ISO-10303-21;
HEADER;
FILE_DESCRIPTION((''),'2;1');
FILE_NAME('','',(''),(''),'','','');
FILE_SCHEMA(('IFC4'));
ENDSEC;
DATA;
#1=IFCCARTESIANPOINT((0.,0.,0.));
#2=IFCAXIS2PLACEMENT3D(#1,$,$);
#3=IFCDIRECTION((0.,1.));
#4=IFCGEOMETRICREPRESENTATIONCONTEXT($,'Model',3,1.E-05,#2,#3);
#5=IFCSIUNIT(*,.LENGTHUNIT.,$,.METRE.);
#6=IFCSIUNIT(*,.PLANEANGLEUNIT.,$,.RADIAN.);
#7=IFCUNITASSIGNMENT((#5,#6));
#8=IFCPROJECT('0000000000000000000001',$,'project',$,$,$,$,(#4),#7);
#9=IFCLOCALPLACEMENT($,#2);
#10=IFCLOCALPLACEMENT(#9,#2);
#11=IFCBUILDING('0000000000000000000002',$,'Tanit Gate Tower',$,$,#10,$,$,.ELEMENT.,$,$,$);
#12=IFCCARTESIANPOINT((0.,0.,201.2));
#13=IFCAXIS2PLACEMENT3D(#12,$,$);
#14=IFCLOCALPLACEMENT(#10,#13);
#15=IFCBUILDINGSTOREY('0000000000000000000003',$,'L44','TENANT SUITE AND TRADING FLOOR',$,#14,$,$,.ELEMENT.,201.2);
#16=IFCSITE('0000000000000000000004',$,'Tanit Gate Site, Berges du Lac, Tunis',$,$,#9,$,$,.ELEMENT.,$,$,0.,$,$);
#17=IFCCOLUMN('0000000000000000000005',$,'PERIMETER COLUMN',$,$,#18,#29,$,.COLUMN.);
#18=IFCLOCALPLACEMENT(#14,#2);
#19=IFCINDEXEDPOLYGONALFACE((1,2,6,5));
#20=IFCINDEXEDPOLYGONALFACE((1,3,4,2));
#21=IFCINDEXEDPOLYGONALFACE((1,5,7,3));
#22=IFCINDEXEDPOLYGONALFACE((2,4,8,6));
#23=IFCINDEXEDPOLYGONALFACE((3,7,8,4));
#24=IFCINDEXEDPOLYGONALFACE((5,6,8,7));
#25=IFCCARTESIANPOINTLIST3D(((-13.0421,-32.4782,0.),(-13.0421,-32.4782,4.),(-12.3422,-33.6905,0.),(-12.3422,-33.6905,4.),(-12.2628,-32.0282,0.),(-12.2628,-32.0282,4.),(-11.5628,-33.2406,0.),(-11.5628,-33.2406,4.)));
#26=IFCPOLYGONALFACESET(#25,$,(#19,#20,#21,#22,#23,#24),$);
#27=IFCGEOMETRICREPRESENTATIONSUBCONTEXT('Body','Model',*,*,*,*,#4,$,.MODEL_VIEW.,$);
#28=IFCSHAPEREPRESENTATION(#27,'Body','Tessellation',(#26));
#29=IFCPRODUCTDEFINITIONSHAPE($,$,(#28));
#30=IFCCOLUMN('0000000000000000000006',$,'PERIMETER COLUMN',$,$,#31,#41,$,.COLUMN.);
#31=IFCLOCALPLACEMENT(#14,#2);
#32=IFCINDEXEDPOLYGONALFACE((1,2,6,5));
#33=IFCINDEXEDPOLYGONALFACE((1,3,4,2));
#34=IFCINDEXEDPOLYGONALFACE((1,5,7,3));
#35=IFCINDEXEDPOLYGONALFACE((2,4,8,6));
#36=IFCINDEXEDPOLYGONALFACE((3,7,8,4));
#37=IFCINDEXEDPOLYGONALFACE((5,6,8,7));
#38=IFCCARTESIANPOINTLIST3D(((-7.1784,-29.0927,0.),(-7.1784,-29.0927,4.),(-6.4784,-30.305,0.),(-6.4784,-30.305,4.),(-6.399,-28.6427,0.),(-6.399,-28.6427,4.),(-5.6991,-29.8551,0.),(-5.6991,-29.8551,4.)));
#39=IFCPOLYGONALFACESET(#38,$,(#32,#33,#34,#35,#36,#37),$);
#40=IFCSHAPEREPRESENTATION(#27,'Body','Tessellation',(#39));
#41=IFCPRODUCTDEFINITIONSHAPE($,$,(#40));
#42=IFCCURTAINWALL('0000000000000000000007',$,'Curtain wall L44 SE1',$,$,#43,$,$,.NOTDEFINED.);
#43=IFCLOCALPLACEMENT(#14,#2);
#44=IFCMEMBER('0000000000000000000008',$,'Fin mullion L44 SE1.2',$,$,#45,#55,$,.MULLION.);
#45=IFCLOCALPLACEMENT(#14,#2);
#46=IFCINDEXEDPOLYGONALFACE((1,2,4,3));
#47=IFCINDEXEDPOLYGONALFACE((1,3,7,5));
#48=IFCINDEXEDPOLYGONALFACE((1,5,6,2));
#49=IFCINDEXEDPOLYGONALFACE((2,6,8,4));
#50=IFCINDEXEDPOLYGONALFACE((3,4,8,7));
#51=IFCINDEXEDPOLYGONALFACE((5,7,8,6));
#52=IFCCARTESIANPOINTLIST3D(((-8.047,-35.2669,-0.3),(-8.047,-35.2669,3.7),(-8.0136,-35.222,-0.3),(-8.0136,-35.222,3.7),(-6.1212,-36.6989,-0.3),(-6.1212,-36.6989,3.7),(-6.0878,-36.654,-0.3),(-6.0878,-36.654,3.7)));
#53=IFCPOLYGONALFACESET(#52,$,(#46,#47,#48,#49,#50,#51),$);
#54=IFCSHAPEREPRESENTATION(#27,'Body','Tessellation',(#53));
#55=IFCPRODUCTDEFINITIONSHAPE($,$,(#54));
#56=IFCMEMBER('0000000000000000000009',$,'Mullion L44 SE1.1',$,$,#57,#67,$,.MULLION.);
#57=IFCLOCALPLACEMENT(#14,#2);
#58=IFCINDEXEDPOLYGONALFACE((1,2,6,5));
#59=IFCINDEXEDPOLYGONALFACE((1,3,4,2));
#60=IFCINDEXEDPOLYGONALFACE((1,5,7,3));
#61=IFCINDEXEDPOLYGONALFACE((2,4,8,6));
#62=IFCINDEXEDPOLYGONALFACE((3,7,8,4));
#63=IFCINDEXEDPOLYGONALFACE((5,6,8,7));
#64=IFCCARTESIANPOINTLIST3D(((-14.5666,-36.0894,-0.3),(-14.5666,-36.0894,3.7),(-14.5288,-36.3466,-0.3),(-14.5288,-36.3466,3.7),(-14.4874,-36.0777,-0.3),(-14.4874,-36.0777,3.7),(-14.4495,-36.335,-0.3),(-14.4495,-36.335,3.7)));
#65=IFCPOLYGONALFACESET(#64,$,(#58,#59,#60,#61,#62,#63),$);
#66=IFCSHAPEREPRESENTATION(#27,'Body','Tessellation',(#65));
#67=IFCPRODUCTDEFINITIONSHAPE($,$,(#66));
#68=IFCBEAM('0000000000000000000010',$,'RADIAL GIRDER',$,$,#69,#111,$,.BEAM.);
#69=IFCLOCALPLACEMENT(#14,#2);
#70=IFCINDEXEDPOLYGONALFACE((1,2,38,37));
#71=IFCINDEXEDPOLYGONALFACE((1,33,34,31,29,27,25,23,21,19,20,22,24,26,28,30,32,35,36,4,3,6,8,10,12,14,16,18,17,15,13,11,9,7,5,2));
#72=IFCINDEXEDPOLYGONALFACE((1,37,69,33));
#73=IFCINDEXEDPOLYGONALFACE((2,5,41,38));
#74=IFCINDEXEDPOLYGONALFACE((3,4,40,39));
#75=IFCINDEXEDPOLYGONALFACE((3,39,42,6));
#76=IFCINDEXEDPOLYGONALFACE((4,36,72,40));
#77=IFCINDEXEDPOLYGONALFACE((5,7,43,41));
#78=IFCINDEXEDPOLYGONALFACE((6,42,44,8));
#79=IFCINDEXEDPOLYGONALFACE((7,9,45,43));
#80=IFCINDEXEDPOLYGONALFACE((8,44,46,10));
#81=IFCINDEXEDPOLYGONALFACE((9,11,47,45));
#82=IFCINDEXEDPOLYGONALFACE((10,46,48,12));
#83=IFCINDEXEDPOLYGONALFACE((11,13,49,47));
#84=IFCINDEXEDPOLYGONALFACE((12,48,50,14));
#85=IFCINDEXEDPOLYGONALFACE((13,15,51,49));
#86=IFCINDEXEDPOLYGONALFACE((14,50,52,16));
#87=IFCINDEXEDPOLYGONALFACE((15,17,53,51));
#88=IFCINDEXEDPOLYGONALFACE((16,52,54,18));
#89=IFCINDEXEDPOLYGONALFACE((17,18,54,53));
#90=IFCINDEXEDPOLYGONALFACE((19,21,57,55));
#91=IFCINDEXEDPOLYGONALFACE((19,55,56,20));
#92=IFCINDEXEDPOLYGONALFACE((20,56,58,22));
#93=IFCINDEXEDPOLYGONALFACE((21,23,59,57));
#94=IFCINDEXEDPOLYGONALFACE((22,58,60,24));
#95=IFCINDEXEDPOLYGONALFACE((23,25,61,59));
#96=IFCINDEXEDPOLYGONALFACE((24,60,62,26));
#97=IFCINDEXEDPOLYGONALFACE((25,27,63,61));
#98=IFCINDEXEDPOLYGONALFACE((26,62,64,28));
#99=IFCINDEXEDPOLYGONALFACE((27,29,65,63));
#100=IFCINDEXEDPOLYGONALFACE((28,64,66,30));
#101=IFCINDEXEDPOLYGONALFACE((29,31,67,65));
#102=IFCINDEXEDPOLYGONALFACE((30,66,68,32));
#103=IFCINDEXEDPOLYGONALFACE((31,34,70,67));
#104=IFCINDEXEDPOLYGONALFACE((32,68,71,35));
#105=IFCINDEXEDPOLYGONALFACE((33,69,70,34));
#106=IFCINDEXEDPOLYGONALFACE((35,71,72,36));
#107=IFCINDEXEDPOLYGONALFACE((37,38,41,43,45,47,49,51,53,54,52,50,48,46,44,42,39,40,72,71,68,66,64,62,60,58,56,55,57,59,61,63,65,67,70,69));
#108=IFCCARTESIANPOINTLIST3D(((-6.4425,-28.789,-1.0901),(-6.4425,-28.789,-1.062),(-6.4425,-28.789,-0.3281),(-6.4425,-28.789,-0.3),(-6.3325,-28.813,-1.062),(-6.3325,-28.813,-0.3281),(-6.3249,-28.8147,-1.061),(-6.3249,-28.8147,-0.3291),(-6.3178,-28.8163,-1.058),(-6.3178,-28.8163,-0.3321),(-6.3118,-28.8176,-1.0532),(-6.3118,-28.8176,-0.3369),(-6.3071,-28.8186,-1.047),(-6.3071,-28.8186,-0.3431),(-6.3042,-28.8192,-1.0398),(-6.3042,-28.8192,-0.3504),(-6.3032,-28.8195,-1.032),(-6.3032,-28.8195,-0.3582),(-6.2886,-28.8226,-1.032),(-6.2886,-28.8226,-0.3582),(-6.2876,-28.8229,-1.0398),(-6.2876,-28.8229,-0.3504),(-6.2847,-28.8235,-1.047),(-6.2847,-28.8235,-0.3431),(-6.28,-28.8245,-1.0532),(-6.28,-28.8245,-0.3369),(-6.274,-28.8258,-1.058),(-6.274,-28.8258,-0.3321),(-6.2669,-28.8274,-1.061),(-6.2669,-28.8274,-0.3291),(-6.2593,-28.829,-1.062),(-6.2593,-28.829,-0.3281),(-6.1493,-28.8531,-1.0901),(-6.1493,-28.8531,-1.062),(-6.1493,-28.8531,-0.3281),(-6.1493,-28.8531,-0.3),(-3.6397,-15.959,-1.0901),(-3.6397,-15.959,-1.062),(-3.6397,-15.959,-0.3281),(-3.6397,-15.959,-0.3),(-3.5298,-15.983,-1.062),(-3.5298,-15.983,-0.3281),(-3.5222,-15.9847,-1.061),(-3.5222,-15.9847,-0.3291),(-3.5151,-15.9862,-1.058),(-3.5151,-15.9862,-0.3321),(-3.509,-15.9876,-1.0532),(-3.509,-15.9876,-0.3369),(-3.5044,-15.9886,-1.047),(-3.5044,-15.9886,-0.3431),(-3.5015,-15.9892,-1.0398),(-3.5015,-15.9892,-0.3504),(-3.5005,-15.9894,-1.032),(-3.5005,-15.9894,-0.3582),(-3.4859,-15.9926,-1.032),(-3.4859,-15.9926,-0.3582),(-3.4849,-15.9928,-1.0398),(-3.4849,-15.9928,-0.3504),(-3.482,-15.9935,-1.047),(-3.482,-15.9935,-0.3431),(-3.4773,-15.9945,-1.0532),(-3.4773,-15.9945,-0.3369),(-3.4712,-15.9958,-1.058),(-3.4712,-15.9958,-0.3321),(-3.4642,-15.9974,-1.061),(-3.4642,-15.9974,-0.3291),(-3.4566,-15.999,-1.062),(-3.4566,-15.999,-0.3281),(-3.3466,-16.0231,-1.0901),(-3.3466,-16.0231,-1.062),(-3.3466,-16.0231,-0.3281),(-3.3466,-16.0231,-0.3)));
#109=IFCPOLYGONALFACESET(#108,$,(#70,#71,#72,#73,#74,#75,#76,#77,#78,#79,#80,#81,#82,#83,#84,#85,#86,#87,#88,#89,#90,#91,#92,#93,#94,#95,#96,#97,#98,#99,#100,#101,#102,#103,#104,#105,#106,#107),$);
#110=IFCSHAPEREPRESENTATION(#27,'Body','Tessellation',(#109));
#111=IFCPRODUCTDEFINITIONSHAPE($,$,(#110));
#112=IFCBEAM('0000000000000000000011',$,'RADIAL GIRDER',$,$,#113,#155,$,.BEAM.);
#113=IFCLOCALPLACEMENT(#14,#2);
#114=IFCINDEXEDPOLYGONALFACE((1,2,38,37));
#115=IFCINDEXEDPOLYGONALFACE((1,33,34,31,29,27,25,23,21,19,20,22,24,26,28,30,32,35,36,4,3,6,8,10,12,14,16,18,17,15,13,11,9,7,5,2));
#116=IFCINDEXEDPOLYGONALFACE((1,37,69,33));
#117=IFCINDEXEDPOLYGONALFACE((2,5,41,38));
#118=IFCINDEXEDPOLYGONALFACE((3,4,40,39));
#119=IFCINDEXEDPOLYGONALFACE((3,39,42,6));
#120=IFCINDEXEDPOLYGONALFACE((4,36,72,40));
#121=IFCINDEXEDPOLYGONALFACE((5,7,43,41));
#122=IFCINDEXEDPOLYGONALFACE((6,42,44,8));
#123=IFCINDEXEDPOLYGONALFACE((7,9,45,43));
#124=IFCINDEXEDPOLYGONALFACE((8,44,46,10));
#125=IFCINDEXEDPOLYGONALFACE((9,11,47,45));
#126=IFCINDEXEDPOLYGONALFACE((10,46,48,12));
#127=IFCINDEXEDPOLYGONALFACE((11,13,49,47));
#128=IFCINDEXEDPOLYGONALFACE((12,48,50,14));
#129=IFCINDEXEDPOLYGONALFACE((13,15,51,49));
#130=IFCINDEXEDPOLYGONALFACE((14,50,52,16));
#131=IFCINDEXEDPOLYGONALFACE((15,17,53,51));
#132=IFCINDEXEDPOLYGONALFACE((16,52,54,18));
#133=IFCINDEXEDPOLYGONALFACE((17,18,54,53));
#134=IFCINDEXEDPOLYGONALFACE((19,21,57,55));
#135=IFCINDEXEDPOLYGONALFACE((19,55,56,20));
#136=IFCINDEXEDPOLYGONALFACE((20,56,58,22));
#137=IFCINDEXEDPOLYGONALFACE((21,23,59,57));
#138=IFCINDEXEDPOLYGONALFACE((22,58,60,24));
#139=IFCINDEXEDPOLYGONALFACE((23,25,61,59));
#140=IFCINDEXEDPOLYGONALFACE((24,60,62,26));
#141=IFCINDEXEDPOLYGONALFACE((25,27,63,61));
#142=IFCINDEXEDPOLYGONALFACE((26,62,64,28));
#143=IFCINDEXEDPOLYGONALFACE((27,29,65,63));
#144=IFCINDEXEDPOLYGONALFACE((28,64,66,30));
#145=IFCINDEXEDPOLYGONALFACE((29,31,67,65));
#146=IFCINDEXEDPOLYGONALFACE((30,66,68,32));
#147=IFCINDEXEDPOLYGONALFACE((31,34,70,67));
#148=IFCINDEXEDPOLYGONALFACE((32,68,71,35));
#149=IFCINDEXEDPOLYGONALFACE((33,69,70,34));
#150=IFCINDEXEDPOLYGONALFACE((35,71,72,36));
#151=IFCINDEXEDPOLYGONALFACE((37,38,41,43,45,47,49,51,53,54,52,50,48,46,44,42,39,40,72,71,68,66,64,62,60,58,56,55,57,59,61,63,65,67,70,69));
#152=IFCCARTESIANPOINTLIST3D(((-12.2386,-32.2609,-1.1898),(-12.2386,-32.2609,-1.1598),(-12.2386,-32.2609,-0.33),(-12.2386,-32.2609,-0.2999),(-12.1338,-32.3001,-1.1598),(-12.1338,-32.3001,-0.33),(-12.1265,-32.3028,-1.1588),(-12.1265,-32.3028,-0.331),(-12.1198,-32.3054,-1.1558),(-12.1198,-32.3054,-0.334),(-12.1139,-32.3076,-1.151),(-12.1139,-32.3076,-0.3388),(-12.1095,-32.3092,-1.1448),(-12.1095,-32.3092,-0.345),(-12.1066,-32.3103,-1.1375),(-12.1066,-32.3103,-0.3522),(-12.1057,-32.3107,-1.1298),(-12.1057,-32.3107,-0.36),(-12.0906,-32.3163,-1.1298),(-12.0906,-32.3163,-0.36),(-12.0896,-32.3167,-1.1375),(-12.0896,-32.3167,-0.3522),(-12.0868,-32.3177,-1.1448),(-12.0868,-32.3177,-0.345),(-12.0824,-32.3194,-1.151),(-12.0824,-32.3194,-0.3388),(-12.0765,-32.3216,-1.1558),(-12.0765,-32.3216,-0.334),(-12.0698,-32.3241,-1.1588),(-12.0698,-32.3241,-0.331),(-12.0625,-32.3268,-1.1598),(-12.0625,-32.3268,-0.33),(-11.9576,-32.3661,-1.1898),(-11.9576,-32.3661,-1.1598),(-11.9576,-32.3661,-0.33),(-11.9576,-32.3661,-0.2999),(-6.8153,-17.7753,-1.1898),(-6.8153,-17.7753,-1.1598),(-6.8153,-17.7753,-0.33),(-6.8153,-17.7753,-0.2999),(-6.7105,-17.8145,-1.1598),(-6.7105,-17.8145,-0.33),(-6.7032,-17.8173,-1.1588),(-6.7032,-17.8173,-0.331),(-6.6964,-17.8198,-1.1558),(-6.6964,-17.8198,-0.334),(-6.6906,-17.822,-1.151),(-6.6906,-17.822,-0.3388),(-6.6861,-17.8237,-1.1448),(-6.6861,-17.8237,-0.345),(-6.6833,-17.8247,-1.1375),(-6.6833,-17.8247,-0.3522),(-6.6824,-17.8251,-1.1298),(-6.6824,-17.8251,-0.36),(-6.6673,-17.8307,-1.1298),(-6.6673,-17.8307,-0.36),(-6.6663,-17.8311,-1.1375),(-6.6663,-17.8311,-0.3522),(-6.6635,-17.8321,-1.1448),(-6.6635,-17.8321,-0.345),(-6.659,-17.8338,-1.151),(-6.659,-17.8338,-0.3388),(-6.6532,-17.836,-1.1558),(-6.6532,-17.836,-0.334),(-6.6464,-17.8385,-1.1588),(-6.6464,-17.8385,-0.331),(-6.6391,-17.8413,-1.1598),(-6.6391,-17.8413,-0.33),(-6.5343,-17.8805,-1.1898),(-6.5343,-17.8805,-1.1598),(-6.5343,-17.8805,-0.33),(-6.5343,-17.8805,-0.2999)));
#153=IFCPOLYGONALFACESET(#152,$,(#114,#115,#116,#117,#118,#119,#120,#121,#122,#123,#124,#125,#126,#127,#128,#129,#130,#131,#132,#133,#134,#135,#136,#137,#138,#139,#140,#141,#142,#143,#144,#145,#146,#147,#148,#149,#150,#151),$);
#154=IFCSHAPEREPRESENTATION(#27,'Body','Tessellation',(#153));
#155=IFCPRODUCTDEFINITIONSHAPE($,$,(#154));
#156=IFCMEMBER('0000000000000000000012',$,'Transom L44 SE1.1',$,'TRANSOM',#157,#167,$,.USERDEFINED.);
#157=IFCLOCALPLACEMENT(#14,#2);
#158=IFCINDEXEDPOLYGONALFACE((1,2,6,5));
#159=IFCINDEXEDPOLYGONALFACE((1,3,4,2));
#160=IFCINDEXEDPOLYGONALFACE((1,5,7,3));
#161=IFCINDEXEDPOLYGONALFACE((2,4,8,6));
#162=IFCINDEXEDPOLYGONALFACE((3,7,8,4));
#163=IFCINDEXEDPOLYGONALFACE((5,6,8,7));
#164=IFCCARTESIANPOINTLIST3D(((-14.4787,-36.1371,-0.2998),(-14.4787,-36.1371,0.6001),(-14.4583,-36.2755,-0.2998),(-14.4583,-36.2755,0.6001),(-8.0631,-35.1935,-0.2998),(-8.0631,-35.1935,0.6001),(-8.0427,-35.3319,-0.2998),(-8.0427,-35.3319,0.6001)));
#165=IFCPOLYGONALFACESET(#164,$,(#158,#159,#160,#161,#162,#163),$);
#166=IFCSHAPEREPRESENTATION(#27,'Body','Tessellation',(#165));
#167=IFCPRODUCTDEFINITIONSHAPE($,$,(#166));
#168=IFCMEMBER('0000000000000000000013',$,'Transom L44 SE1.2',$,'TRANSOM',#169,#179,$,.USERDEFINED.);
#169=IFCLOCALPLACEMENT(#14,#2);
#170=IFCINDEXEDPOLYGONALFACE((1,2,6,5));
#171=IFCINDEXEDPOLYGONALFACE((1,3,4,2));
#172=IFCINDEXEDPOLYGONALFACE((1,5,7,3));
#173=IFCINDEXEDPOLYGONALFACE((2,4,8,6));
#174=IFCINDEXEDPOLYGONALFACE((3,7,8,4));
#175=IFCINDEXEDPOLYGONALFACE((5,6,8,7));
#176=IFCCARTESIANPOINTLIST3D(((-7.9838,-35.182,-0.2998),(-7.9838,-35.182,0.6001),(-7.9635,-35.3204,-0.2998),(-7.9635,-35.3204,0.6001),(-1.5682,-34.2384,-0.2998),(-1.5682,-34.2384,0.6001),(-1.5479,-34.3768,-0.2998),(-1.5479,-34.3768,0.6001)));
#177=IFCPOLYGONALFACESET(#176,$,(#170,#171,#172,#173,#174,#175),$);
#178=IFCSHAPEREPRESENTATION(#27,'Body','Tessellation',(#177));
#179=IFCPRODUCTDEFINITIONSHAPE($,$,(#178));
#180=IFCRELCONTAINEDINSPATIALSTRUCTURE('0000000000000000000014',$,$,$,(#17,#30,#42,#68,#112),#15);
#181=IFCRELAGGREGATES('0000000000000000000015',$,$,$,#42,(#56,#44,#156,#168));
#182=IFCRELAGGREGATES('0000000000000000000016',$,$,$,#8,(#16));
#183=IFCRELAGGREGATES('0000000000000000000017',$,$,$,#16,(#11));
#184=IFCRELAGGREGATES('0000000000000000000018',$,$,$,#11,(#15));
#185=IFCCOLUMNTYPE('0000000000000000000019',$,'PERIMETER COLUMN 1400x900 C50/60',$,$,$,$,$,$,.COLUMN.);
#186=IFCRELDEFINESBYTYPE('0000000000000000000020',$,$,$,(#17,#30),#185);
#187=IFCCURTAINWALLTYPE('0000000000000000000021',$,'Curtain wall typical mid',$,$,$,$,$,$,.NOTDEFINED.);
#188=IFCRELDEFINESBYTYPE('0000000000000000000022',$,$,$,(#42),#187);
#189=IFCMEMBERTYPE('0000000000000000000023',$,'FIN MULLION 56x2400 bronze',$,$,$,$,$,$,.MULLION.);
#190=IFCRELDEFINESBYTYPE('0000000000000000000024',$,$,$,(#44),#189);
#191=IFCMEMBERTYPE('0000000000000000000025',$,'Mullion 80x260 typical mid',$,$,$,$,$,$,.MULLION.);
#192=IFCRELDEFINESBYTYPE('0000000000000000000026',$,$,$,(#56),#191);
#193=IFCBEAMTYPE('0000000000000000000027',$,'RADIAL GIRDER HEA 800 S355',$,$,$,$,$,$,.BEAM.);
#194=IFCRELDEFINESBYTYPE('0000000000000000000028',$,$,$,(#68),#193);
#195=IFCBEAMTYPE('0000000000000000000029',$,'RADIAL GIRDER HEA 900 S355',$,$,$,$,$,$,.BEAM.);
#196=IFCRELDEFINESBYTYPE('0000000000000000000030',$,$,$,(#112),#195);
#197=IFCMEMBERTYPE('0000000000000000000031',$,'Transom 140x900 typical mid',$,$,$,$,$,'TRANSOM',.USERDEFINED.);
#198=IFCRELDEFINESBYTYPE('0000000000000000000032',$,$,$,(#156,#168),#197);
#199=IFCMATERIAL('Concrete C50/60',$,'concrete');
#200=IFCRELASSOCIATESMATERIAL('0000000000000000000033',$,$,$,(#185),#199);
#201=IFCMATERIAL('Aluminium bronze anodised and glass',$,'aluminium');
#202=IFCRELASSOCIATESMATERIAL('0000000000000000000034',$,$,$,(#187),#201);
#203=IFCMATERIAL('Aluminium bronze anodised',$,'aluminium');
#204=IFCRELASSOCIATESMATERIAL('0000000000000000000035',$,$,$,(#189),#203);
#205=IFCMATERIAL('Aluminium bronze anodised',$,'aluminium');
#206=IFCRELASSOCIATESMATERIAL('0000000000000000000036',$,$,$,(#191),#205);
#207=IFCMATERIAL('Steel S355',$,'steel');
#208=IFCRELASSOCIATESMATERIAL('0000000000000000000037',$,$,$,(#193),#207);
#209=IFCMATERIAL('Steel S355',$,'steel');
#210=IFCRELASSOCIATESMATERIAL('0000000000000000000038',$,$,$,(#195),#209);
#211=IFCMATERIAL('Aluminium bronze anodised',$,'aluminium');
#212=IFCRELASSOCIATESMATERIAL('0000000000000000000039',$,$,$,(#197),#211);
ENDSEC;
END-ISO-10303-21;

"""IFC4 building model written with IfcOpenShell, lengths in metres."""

from ifc_helpers import new_model, si_unit, direction, frame, origin, origin_2d, place, context, subcontext, project, spatial, rectangle, i_section, extrude, material, material_profile, profile_set, type_object, element, aggregate, save


model = new_model("IFC4")

# Units and contexts
model_context = context("Model", 3, precision=1e-05, world=origin(), true_north=direction((0.0, 1.0)))
body_context = subcontext(model_context, "Body", "Model", "MODEL_VIEW")
ifc_project = project(units=[si_unit("LENGTHUNIT", "METRE"), si_unit("PLANEANGLEUNIT", "RADIAN")], contexts=[model_context])

# Site, building, storey
site_placement = place(None, origin())
site = spatial("IfcSite", under=ifc_project, at=site_placement, Name="Tanit Gate Site, Berges du Lac, Tunis", CompositionType="ELEMENT", RefElevation=0.0)
building_placement = place(site_placement, origin())
building = spatial("IfcBuilding", under=site, at=building_placement, Name="Tanit Gate Tower", CompositionType="ELEMENT")
storey_placement = place(building_placement, frame((0.0, 0.0, 201.2)))
storey = spatial("IfcBuildingStorey", under=building, at=storey_placement, Name="L44", Description="TENANT SUITE AND TRADING FLOOR", CompositionType="ELEMENT", Elevation=201.2)

# Columns
ifc_material_1 = material(Name="Concrete C50/60", Category="concrete")
ifc_material_profile_1 = material_profile(ifc_material_1, rectangle(XDim=1.3999, YDim=0.8999, at=origin_2d()), Name="RC 1400x900")
ifc_profile_set_1 = profile_set([ifc_material_profile_1], Name="Concrete C50/60")
column_type = type_object("IfcColumnType", Name="PERIMETER COLUMN 1400x900 C50/60", PredefinedType="COLUMN", material=ifc_profile_set_1)
for number, where, z_axis, x_axis, name in (
    (1, (-12.3025, -32.8594, 0.0), (0.0, 0.0, 1.0), (0.5, -0.866025, 0.0), "PERIMETER COLUMN"),
    (2, (-6.4387, -29.4739, 0.0), (0.0, 0.0, 1.0), (0.5, -0.866025, 0.0), "PERIMETER COLUMN"),
):
    element("IfcColumn", number, at=place(storey_placement, frame(where, z_axis=z_axis, x_axis=x_axis)), inside=storey, type_object=column_type, Name=name, PredefinedType="COLUMN", context=body_context, shape_type="SweptSolid", body=[
        extrude(rectangle(XDim=1.3999, YDim=0.8999, at=origin_2d()), origin(), (0.0, 0.0, 1.0), 4.0),
    ])

# Curtain wall, members
ifc_material_2 = material(Name="Aluminium bronze anodised and glass", Category="aluminium")
curtain_wall_type = type_object("IfcCurtainWallType", Name="Curtain wall typical mid", PredefinedType="NOTDEFINED", material=ifc_material_2)
curtain_wall_placement = place(storey_placement, origin())
curtain_wall = element("IfcCurtainWall", 3, at=curtain_wall_placement, inside=storey, type_object=curtain_wall_type, Name="Curtain wall L44 SE1", PredefinedType="NOTDEFINED")
ifc_material_3 = material(Name="Aluminium bronze anodised", Category="aluminium")
ifc_material_profile_2 = material_profile(ifc_material_3, rectangle(XDim=2.3999, YDim=0.0559, at=origin_2d()), Name="56x2400 bronze fin mullion")
ifc_profile_set_2 = profile_set([ifc_material_profile_2], Name="Aluminium bronze anodised")
member_type_1 = type_object("IfcMemberType", Name="FIN MULLION 56x2400 bronze", PredefinedType="MULLION", material=ifc_profile_set_2)
member_1_placement = place(storey_placement, frame((-7.0674, -35.9604, -0.3), z_axis=(0.0, 0.0, 1.0), x_axis=(-0.802457, 0.596709, 0.0)))
member_1 = element("IfcMember", 4, at=member_1_placement, type_object=member_type_1, Name="Fin mullion L44 SE1.2", PredefinedType="MULLION", context=body_context, shape_type="SweptSolid", body=[
    extrude(rectangle(XDim=2.3999, YDim=0.0559, at=origin_2d()), origin(), (0.0, 0.0, 1.0), 4.0),
])
ifc_material_4 = material(Name="Aluminium bronze anodised", Category="aluminium")
ifc_material_profile_3 = material_profile(ifc_material_4, rectangle(XDim=0.26, YDim=0.0801, at=origin_2d()), Name="80x260 bronze mullion")
ifc_profile_set_3 = profile_set([ifc_material_profile_3], Name="Aluminium bronze anodised")
member_type_2 = type_object("IfcMemberType", Name="Mullion 80x260 typical mid", PredefinedType="MULLION", material=ifc_profile_set_3)
member_2_placement = place(storey_placement, frame((-14.5081, -36.2122, -0.3), z_axis=(0.0, 0.0, 1.0), x_axis=(-0.145486, 0.98936, 0.0)))
member_2 = element("IfcMember", 5, at=member_2_placement, type_object=member_type_2, Name="Mullion L44 SE1.1", PredefinedType="MULLION", context=body_context, shape_type="SweptSolid", body=[
    extrude(rectangle(XDim=0.26, YDim=0.0801, at=origin_2d()), origin(), (0.0, 0.0, 1.0), 4.0),
])

# Beams
ifc_material_5 = material(Name="Steel S355", Category="steel")
ifc_material_profile_4 = material_profile(ifc_material_5, i_section(OverallWidth=0.3, OverallDepth=0.79, WebThickness=0.0149, FlangeThickness=0.0281, FilletRadius=0.03, at=origin_2d()), Name="HEA 800")
ifc_profile_set_4 = profile_set([ifc_material_profile_4], Name="Steel S355")
beam_type_1 = type_object("IfcBeamType", Name="RADIAL GIRDER HEA 800 S355", PredefinedType="BEAM", material=ifc_profile_set_4)
beam_1_placement = place(storey_placement, frame((-6.2959, -28.821, -0.6951), z_axis=(0.213417, 0.976961, 0.0), x_axis=(-0.976961, 0.213417, 0.0)))
element("IfcBeam", 6, at=beam_1_placement, inside=storey, type_object=beam_type_1, Name="RADIAL GIRDER", PredefinedType="BEAM", context=body_context, shape_type="SweptSolid", body=[
    extrude(i_section(OverallWidth=0.3, OverallDepth=0.79, WebThickness=0.0149, FlangeThickness=0.0281, FilletRadius=0.03, at=origin_2d()), origin(), (0.0, 0.0, 1.0), 13.1326),
])
ifc_material_6 = material(Name="Steel S355", Category="steel")
ifc_material_profile_5 = material_profile(ifc_material_6, i_section(OverallWidth=0.3, OverallDepth=0.8899, WebThickness=0.0161, FlangeThickness=0.03, FilletRadius=0.03, at=origin_2d()), Name="HEA 900")
ifc_profile_set_5 = profile_set([ifc_material_profile_5], Name="Steel S355")
beam_type_2 = type_object("IfcBeamType", Name="RADIAL GIRDER HEA 900 S355", PredefinedType="BEAM", material=ifc_profile_set_5)
beam_2_placement = place(storey_placement, frame((-12.0981, -32.3135, -0.7449), z_axis=(0.350627, 0.936515, 0.0), x_axis=(-0.936515, 0.350627, 0.0)))
element("IfcBeam", 7, at=beam_2_placement, inside=storey, type_object=beam_type_2, Name="RADIAL GIRDER", PredefinedType="BEAM", context=body_context, shape_type="SweptSolid", body=[
    extrude(i_section(OverallWidth=0.3, OverallDepth=0.8899, WebThickness=0.0161, FlangeThickness=0.03, FilletRadius=0.03, at=origin_2d()), origin(), (0.0, 0.0, 1.0), 15.4675),
])

# Members
ifc_material_7 = material(Name="Aluminium bronze anodised", Category="aluminium")
ifc_material_profile_6 = material_profile(ifc_material_7, rectangle(XDim=0.1399, YDim=0.8999, at=origin_2d()), Name="140x900 bronze transom")
ifc_profile_set_6 = profile_set([ifc_material_profile_6], Name="Aluminium bronze anodised")
member_type_3 = type_object("IfcMemberType", Name="Transom 140x900 typical mid", ElementType="TRANSOM", PredefinedType="USERDEFINED", material=ifc_profile_set_6)
member_3_placement = place(storey_placement, frame((-14.4685, -36.2063, 0.1501), z_axis=(0.989356, 0.145516, 0.0), x_axis=(-0.145516, 0.989356, 0.0)))
member_3 = element("IfcMember", 8, at=member_3_placement, type_object=member_type_3, Name="Transom L44 SE1.1", ObjectType="TRANSOM", PredefinedType="USERDEFINED", context=body_context, shape_type="SweptSolid", body=[
    extrude(rectangle(XDim=0.1399, YDim=0.8999, at=origin_2d()), origin(), (0.0, 0.0, 1.0), 6.4846),
])
member_4_placement = place(storey_placement, frame((-7.9736, -35.2512, 0.1501), z_axis=(0.989356, 0.145516, 0.0), x_axis=(-0.145516, 0.989356, 0.0)))
member_4 = element("IfcMember", 9, at=member_4_placement, type_object=member_type_3, Name="Transom L44 SE1.2", ObjectType="TRANSOM", PredefinedType="USERDEFINED", context=body_context, shape_type="SweptSolid", body=[
    extrude(rectangle(XDim=0.1399, YDim=0.8999, at=origin_2d()), origin(), (0.0, 0.0, 1.0), 6.4846),
])

aggregate(curtain_wall, [member_2, member_1, member_3, member_4])

save(model, "model.ifc")
